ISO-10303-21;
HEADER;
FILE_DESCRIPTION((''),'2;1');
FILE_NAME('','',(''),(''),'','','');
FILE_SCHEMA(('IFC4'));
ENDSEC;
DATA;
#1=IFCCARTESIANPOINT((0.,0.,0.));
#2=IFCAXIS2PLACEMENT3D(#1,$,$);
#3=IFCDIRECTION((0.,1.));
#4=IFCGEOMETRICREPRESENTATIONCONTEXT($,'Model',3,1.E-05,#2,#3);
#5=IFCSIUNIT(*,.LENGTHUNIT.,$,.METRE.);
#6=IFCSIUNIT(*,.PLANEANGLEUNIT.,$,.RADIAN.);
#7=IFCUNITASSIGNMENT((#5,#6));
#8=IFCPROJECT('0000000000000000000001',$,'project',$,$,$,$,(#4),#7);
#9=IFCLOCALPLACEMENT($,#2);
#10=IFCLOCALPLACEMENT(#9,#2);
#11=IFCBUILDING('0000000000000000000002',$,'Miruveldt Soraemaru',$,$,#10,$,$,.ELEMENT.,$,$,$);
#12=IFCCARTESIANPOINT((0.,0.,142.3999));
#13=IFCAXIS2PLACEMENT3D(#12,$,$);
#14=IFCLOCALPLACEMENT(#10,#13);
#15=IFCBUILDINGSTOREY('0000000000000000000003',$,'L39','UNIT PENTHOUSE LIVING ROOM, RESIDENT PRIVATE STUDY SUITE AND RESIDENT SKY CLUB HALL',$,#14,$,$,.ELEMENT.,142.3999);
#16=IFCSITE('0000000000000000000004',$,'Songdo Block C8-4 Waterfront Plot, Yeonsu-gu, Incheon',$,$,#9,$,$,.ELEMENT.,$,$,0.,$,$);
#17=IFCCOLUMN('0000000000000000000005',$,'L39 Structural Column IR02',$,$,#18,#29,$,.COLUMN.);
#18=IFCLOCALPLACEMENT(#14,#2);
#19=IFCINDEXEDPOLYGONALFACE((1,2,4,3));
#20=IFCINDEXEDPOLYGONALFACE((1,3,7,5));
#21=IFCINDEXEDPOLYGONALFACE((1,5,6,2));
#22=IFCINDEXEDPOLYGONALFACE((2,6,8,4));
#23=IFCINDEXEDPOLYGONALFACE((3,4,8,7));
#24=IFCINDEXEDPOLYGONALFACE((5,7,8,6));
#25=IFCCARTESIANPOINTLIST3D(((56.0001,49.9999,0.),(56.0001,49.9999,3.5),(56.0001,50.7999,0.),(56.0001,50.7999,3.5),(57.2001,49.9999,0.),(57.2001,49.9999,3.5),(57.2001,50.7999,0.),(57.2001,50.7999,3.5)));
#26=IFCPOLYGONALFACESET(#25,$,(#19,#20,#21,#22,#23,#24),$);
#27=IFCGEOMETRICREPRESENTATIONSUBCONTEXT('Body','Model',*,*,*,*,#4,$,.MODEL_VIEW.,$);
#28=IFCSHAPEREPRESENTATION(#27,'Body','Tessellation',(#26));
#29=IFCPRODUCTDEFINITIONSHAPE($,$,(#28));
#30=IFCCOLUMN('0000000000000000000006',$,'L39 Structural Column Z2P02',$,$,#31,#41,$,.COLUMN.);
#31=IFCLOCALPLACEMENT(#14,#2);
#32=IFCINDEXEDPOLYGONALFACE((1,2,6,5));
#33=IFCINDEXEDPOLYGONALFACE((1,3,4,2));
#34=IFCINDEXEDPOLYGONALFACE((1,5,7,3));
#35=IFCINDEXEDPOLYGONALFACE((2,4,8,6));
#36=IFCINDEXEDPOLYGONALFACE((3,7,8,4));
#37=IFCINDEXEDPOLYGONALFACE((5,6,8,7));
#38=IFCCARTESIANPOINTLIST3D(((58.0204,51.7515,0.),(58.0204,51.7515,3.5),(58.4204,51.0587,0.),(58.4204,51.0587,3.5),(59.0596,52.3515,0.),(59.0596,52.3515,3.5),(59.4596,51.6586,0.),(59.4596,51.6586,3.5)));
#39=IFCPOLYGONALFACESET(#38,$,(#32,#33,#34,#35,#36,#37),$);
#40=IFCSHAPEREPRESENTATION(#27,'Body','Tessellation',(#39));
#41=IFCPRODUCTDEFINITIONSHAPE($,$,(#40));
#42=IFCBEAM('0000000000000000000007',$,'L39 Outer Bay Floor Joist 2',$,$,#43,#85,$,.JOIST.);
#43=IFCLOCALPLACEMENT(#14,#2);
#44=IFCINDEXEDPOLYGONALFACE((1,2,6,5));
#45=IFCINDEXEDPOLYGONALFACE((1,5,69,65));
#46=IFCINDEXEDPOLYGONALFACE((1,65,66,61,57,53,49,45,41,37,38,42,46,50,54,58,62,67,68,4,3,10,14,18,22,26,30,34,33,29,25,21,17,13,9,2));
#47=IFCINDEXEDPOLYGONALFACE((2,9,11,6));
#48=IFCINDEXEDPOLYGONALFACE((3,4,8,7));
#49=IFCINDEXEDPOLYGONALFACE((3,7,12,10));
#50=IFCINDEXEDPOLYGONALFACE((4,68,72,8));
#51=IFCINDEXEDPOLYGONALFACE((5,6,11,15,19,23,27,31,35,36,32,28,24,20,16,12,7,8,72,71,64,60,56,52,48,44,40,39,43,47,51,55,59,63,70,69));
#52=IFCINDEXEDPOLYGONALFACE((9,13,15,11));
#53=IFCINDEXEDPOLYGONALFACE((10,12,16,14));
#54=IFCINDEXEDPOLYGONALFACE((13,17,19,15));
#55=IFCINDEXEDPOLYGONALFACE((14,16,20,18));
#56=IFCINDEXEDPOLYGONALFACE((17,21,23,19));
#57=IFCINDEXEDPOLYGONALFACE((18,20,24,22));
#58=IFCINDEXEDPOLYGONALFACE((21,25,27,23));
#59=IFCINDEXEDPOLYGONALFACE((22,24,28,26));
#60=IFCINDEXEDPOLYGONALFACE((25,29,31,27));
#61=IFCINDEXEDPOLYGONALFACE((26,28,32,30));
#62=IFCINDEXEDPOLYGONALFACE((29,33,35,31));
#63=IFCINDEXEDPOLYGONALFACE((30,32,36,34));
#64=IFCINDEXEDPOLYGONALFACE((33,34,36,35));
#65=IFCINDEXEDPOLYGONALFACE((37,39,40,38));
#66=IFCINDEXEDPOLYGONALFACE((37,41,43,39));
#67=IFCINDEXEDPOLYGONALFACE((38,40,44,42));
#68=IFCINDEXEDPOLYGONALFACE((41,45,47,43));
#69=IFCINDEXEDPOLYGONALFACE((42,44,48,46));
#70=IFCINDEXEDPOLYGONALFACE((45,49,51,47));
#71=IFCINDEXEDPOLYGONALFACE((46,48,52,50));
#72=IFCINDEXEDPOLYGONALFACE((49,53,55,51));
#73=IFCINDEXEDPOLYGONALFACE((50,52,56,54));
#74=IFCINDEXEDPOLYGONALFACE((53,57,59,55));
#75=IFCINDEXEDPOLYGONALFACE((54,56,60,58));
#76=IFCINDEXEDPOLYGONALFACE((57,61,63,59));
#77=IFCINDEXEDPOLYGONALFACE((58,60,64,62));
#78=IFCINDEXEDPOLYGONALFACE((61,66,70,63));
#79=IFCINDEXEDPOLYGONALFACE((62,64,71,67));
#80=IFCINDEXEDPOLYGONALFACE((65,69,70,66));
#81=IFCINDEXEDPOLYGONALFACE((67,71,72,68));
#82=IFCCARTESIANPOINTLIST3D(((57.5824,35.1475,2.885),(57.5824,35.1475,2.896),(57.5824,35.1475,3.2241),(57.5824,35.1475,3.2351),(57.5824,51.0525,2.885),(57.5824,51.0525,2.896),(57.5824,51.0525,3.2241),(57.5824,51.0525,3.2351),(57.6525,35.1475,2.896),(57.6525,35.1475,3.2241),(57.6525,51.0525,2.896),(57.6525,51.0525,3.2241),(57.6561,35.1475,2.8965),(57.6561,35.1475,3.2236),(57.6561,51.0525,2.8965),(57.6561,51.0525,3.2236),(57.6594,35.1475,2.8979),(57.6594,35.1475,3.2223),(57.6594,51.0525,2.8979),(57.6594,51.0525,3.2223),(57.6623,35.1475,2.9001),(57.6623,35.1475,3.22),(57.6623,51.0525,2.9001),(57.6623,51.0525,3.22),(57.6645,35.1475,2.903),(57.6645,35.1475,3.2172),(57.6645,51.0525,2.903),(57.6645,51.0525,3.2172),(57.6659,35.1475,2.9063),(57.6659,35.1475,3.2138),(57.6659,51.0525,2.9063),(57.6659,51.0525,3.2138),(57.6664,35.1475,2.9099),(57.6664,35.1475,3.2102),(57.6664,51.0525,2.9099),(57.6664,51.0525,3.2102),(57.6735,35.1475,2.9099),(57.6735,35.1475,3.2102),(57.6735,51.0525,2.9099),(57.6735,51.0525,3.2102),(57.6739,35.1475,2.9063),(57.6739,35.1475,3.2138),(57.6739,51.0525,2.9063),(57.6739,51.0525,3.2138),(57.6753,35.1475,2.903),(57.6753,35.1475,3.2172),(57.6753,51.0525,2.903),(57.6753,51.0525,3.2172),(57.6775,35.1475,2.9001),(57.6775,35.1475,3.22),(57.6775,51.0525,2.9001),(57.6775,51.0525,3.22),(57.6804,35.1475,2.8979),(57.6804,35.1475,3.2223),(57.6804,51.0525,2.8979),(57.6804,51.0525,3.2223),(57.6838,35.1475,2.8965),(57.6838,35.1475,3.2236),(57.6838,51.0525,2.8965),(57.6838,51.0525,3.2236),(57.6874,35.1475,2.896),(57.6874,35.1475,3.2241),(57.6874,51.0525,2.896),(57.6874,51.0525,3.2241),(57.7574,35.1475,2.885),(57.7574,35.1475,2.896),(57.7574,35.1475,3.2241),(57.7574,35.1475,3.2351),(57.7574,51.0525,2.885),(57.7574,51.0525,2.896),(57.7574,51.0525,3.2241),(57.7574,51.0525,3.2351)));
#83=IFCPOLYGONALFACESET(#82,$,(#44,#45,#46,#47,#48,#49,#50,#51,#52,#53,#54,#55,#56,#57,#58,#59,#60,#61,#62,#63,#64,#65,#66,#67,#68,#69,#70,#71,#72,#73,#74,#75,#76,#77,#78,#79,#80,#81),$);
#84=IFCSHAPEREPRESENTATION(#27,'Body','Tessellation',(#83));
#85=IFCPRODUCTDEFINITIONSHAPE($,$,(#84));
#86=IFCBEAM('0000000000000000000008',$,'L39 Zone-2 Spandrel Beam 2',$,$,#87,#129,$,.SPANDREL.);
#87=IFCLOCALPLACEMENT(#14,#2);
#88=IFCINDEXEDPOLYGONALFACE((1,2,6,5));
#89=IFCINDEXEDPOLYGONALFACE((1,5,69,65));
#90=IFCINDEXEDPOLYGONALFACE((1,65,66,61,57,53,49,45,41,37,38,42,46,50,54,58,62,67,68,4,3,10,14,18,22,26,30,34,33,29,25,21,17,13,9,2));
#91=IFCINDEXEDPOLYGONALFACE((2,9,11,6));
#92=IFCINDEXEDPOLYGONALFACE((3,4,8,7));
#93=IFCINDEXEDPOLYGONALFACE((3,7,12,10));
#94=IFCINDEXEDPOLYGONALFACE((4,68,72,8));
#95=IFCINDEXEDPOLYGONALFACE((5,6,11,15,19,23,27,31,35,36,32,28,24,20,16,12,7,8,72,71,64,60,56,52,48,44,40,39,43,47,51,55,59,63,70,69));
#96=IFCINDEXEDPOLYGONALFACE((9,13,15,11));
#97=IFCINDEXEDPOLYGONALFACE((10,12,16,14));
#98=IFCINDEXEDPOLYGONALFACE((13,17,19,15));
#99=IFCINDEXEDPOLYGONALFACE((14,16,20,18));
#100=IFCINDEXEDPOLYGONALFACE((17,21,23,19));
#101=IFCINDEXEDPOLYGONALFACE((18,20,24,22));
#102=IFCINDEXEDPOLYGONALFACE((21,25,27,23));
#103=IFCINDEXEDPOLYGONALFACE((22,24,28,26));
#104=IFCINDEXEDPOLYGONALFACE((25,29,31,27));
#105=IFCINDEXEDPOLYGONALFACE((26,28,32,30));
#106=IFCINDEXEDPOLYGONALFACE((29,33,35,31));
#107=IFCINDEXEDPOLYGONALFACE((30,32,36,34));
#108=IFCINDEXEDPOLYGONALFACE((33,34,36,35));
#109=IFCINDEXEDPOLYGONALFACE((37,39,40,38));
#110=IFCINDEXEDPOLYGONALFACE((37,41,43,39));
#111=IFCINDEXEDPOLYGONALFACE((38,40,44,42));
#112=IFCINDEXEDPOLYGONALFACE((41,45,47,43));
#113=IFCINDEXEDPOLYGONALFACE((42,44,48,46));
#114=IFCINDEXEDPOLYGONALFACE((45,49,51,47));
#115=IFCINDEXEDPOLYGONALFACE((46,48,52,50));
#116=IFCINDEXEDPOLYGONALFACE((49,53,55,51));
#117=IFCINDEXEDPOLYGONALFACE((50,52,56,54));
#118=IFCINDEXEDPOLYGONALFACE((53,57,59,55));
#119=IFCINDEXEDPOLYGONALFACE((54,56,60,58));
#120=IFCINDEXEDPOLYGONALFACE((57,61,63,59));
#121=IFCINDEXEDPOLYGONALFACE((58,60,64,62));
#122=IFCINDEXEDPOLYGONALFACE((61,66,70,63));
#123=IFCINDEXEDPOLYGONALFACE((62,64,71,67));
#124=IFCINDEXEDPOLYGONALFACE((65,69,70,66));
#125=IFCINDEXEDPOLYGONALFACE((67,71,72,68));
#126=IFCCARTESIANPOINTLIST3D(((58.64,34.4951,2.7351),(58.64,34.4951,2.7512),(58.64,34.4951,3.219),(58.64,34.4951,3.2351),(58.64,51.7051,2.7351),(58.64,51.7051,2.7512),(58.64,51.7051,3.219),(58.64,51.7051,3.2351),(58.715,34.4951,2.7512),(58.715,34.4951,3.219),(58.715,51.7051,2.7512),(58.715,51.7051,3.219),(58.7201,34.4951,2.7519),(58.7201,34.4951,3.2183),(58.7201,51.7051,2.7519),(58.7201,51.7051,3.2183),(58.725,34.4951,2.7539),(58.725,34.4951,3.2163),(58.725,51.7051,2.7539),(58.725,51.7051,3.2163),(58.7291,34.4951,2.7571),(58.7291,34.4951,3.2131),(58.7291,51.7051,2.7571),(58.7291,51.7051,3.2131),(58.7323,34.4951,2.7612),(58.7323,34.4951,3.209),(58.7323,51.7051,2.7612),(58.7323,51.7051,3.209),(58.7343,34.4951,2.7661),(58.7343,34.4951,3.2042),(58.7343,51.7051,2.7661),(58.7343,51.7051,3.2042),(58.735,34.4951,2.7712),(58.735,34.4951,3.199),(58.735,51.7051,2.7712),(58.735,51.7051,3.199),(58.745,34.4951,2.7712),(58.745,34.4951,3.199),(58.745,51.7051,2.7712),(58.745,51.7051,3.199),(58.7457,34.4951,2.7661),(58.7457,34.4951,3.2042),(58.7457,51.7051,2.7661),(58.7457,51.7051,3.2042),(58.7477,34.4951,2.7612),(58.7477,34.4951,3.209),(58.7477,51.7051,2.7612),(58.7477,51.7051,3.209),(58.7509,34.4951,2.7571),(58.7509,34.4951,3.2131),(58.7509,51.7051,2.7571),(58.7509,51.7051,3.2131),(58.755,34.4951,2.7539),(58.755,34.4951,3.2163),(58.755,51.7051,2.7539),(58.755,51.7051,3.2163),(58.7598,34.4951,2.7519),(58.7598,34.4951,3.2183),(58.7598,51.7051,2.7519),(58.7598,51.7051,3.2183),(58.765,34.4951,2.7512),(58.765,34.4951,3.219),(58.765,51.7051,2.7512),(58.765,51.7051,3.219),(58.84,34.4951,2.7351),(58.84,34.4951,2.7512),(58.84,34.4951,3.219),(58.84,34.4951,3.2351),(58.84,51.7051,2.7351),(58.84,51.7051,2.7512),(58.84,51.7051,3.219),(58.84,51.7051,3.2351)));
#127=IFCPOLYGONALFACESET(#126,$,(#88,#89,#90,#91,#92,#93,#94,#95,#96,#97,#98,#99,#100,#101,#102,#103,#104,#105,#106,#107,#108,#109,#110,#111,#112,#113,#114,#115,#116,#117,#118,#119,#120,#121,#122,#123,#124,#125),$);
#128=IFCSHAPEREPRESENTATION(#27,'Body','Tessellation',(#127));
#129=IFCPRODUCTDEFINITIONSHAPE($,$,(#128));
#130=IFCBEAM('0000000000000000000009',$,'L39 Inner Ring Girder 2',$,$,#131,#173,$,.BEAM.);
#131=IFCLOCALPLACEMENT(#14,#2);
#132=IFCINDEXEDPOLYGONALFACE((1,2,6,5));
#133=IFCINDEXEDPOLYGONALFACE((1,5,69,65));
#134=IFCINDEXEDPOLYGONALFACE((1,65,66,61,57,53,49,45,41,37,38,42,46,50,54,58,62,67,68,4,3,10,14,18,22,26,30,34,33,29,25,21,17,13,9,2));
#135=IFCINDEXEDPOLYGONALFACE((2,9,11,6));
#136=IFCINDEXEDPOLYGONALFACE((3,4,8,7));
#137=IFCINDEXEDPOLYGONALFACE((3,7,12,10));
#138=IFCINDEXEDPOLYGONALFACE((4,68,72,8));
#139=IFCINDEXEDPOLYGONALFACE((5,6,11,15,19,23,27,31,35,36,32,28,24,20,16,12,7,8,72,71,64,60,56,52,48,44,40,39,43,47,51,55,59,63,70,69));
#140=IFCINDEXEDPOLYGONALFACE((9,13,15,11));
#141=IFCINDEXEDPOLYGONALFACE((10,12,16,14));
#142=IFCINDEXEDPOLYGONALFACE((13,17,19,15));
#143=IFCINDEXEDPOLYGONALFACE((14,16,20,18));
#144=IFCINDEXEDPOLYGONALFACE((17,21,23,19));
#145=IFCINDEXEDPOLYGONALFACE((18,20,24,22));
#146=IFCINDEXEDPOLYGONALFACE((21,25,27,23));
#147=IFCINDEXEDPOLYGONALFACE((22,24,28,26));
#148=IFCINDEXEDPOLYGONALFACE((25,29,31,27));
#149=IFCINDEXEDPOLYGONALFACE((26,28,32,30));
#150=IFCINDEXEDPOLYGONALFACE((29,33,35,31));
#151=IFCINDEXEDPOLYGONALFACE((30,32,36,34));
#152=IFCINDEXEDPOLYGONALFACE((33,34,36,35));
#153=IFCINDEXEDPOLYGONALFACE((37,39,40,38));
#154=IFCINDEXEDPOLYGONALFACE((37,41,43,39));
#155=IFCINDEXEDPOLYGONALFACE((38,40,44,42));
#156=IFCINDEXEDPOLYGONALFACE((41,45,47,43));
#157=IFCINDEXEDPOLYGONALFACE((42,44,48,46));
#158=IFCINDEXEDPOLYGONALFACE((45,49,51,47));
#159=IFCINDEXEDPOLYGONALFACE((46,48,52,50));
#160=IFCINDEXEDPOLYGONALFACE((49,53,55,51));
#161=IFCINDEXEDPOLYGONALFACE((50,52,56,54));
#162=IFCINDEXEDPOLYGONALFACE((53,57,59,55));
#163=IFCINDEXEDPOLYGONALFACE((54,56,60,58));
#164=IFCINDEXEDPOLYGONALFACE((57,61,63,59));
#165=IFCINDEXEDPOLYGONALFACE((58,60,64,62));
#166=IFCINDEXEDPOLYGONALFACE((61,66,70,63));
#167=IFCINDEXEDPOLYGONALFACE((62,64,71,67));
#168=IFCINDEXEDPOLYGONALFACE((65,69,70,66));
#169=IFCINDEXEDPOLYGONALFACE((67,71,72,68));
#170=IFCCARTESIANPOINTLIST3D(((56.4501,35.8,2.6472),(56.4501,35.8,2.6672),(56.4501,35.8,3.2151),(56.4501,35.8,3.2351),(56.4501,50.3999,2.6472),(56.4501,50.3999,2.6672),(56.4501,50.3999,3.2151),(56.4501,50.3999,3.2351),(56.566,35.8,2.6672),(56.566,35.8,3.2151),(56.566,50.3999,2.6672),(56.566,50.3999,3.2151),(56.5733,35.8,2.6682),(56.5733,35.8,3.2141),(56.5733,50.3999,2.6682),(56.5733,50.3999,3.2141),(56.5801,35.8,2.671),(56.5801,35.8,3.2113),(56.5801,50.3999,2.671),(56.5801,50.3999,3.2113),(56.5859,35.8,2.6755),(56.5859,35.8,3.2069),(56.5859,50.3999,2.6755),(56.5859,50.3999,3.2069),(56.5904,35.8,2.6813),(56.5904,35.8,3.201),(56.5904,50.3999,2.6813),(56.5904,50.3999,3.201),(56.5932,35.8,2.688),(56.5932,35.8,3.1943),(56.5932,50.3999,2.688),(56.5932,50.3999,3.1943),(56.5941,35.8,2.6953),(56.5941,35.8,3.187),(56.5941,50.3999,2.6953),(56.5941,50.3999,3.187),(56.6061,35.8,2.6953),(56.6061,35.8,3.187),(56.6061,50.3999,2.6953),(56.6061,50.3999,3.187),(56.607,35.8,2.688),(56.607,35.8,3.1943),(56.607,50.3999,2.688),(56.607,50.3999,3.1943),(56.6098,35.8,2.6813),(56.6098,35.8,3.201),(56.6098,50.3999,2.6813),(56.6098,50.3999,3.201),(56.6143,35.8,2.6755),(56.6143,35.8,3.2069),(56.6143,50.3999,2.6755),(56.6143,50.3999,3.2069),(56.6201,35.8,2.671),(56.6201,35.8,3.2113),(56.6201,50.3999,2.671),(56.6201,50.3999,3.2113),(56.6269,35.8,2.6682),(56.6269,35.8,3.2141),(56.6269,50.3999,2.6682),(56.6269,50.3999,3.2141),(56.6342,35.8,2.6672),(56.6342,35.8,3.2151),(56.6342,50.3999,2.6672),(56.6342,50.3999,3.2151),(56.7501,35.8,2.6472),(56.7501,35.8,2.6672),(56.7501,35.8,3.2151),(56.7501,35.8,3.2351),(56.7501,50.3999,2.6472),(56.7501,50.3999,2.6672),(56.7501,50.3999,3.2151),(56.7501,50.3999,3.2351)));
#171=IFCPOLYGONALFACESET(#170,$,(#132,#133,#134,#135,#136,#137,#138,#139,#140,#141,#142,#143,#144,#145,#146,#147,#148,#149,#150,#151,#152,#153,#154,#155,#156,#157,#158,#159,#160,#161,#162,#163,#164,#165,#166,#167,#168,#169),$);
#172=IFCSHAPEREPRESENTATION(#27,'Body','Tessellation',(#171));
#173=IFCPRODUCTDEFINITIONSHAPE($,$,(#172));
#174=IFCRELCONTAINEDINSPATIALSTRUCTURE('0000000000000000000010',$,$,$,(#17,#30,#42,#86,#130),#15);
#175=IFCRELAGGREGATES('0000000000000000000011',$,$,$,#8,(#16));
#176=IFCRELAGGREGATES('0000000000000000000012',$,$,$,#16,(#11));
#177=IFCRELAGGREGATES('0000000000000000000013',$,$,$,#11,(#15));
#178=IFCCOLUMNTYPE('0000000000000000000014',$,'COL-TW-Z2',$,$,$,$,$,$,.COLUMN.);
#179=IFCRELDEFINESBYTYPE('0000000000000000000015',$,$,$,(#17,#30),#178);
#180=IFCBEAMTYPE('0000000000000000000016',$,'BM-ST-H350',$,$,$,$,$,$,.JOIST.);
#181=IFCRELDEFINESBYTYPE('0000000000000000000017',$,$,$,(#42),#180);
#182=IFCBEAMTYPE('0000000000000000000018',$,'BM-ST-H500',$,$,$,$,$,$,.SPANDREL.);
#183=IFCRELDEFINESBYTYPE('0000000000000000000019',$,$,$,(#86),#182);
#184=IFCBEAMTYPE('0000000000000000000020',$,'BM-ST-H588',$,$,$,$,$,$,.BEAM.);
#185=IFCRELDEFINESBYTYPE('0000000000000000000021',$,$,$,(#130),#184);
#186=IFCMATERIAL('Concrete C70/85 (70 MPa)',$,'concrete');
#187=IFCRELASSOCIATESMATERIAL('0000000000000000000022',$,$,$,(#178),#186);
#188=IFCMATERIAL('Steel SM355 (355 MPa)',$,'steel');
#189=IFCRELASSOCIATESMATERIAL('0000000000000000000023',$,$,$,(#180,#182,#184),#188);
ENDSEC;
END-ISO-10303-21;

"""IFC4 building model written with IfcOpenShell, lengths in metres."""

from ifc_helpers import new_model, si_unit, direction, frame, origin, origin_2d, place, context, subcontext, project, spatial, rectangle, i_section, extrude, material, material_profile, profile_set, type_object, element, save


model = new_model("IFC4")

# Units and contexts
model_context = context("Model", 3, precision=1e-05, world=origin(), true_north=direction((0.0, 1.0)))
body_context = subcontext(model_context, "Body", "Model", "MODEL_VIEW")
ifc_project = project(units=[si_unit("LENGTHUNIT", "METRE"), si_unit("PLANEANGLEUNIT", "RADIAN")], contexts=[model_context])

# Site, building, storey
site_placement = place(None, origin())
site = spatial("IfcSite", under=ifc_project, at=site_placement, Name="Songdo Block C8-4 Waterfront Plot, Yeonsu-gu, Incheon", CompositionType="ELEMENT", RefElevation=0.0)
building_placement = place(site_placement, origin())
building = spatial("IfcBuilding", under=site, at=building_placement, Name="Miruveldt Soraemaru", CompositionType="ELEMENT")
storey_placement = place(building_placement, frame((0.0, 0.0, 142.3999)))
storey = spatial("IfcBuildingStorey", under=building, at=storey_placement, Name="L39", Description="UNIT PENTHOUSE LIVING ROOM, RESIDENT PRIVATE STUDY SUITE AND RESIDENT SKY CLUB HALL", CompositionType="ELEMENT", Elevation=142.3999)

# Columns
ifc_material_1 = material(Name="Concrete C70/85 (70 MPa)", Category="concrete")
ifc_material_profile_1 = material_profile(ifc_material_1, rectangle(XDim=1.2, YDim=0.8, at=origin_2d()), Name="Concrete C70/85 (70 MPa)", Category="concrete")
ifc_profile_set_1 = profile_set([ifc_material_profile_1], Name="Concrete C70/85 (70 MPa)")
column_type = type_object("IfcColumnType", Name="COL-TW-Z2", PredefinedType="COLUMN", material=ifc_profile_set_1)
for number, where, z_axis, x_axis, name in (
    (1, (56.6001, 50.3999, 0.0), (0.0, 0.0, 1.0), (1.0, 0.0, 0.0), "L39 Structural Column IR02"),
    (2, (58.74, 51.7051, 0.0), (0.0, 0.0, 1.0), (0.866025, 0.5, 0.0), "L39 Structural Column Z2P02"),
):
    element("IfcColumn", number, at=place(storey_placement, frame(where, z_axis=z_axis, x_axis=x_axis)), inside=storey, type_object=column_type, Name=name, PredefinedType="COLUMN", context=body_context, shape_type="SweptSolid", body=[
        extrude(rectangle(XDim=1.2, YDim=0.8, at=origin_2d()), origin(), (0.0, 0.0, 1.0), 3.5),
    ])

# Beams
ifc_material_2 = material(Name="Steel SM355 (355 MPa)", Category="steel")
ifc_material_profile_2 = material_profile(ifc_material_2, i_section(OverallWidth=0.175, OverallDepth=0.3501, WebThickness=0.0071, FlangeThickness=0.011, FilletRadius=0.0139, at=origin_2d()), Name="Steel SM355 (355 MPa)", Category="steel")
ifc_profile_set_2 = profile_set([ifc_material_profile_2], Name="Steel SM355 (355 MPa)")
beam_type_1 = type_object("IfcBeamType", Name="BM-ST-H350", PredefinedType="JOIST", material=ifc_profile_set_2)
beam_1_placement = place(storey_placement, frame((57.6699, 51.0525, 3.0601), z_axis=(0.0, -1.0, 0.0), x_axis=(1.0, 0.0, 0.0)))
element("IfcBeam", 3, at=beam_1_placement, inside=storey, type_object=beam_type_1, Name="L39 Outer Bay Floor Joist 2", PredefinedType="JOIST", context=body_context, shape_type="SweptSolid", body=[
    extrude(i_section(OverallWidth=0.175, OverallDepth=0.3501, WebThickness=0.0071, FlangeThickness=0.011, FilletRadius=0.0139, at=origin_2d()), origin(), (0.0, 0.0, 1.0), 15.905),
])
ifc_material_profile_3 = material_profile(ifc_material_2, i_section(OverallWidth=0.2, OverallDepth=0.5, WebThickness=0.01, FlangeThickness=0.0161, FilletRadius=0.02, at=origin_2d()), Name="Steel SM355 (355 MPa)", Category="steel")
ifc_profile_set_3 = profile_set([ifc_material_profile_3], Name="Steel SM355 (355 MPa)")
beam_type_2 = type_object("IfcBeamType", Name="BM-ST-H500", PredefinedType="SPANDREL", material=ifc_profile_set_3)
beam_2_placement = place(storey_placement, frame((58.74, 51.7051, 2.9851), z_axis=(0.0, -1.0, 0.0), x_axis=(1.0, 0.0, 0.0)))
element("IfcBeam", 4, at=beam_2_placement, inside=storey, type_object=beam_type_2, Name="L39 Zone-2 Spandrel Beam 2", PredefinedType="SPANDREL", context=body_context, shape_type="SweptSolid", body=[
    extrude(i_section(OverallWidth=0.2, OverallDepth=0.5, WebThickness=0.01, FlangeThickness=0.0161, FilletRadius=0.02, at=origin_2d()), origin(), (0.0, 0.0, 1.0), 17.21),
])
ifc_material_profile_4 = material_profile(ifc_material_2, i_section(OverallWidth=0.3, OverallDepth=0.5879, WebThickness=0.012, FlangeThickness=0.02, FilletRadius=0.0281, at=origin_2d()), Name="Steel SM355 (355 MPa)", Category="steel")
ifc_profile_set_4 = profile_set([ifc_material_profile_4], Name="Steel SM355 (355 MPa)")
beam_type_3 = type_object("IfcBeamType", Name="BM-ST-H588", PredefinedType="BEAM", material=ifc_profile_set_4)
beam_3_placement = place(storey_placement, frame((56.6001, 50.3999, 2.9412), z_axis=(0.0, -1.0, 0.0), x_axis=(1.0, 0.0, 0.0)))
element("IfcBeam", 5, at=beam_3_placement, inside=storey, type_object=beam_type_3, Name="L39 Inner Ring Girder 2", PredefinedType="BEAM", context=body_context, shape_type="SweptSolid", body=[
    extrude(i_section(OverallWidth=0.3, OverallDepth=0.5879, WebThickness=0.012, FlangeThickness=0.02, FilletRadius=0.0281, at=origin_2d()), origin(), (0.0, 0.0, 1.0), 14.5999),
])

save(model, "model.ifc")
